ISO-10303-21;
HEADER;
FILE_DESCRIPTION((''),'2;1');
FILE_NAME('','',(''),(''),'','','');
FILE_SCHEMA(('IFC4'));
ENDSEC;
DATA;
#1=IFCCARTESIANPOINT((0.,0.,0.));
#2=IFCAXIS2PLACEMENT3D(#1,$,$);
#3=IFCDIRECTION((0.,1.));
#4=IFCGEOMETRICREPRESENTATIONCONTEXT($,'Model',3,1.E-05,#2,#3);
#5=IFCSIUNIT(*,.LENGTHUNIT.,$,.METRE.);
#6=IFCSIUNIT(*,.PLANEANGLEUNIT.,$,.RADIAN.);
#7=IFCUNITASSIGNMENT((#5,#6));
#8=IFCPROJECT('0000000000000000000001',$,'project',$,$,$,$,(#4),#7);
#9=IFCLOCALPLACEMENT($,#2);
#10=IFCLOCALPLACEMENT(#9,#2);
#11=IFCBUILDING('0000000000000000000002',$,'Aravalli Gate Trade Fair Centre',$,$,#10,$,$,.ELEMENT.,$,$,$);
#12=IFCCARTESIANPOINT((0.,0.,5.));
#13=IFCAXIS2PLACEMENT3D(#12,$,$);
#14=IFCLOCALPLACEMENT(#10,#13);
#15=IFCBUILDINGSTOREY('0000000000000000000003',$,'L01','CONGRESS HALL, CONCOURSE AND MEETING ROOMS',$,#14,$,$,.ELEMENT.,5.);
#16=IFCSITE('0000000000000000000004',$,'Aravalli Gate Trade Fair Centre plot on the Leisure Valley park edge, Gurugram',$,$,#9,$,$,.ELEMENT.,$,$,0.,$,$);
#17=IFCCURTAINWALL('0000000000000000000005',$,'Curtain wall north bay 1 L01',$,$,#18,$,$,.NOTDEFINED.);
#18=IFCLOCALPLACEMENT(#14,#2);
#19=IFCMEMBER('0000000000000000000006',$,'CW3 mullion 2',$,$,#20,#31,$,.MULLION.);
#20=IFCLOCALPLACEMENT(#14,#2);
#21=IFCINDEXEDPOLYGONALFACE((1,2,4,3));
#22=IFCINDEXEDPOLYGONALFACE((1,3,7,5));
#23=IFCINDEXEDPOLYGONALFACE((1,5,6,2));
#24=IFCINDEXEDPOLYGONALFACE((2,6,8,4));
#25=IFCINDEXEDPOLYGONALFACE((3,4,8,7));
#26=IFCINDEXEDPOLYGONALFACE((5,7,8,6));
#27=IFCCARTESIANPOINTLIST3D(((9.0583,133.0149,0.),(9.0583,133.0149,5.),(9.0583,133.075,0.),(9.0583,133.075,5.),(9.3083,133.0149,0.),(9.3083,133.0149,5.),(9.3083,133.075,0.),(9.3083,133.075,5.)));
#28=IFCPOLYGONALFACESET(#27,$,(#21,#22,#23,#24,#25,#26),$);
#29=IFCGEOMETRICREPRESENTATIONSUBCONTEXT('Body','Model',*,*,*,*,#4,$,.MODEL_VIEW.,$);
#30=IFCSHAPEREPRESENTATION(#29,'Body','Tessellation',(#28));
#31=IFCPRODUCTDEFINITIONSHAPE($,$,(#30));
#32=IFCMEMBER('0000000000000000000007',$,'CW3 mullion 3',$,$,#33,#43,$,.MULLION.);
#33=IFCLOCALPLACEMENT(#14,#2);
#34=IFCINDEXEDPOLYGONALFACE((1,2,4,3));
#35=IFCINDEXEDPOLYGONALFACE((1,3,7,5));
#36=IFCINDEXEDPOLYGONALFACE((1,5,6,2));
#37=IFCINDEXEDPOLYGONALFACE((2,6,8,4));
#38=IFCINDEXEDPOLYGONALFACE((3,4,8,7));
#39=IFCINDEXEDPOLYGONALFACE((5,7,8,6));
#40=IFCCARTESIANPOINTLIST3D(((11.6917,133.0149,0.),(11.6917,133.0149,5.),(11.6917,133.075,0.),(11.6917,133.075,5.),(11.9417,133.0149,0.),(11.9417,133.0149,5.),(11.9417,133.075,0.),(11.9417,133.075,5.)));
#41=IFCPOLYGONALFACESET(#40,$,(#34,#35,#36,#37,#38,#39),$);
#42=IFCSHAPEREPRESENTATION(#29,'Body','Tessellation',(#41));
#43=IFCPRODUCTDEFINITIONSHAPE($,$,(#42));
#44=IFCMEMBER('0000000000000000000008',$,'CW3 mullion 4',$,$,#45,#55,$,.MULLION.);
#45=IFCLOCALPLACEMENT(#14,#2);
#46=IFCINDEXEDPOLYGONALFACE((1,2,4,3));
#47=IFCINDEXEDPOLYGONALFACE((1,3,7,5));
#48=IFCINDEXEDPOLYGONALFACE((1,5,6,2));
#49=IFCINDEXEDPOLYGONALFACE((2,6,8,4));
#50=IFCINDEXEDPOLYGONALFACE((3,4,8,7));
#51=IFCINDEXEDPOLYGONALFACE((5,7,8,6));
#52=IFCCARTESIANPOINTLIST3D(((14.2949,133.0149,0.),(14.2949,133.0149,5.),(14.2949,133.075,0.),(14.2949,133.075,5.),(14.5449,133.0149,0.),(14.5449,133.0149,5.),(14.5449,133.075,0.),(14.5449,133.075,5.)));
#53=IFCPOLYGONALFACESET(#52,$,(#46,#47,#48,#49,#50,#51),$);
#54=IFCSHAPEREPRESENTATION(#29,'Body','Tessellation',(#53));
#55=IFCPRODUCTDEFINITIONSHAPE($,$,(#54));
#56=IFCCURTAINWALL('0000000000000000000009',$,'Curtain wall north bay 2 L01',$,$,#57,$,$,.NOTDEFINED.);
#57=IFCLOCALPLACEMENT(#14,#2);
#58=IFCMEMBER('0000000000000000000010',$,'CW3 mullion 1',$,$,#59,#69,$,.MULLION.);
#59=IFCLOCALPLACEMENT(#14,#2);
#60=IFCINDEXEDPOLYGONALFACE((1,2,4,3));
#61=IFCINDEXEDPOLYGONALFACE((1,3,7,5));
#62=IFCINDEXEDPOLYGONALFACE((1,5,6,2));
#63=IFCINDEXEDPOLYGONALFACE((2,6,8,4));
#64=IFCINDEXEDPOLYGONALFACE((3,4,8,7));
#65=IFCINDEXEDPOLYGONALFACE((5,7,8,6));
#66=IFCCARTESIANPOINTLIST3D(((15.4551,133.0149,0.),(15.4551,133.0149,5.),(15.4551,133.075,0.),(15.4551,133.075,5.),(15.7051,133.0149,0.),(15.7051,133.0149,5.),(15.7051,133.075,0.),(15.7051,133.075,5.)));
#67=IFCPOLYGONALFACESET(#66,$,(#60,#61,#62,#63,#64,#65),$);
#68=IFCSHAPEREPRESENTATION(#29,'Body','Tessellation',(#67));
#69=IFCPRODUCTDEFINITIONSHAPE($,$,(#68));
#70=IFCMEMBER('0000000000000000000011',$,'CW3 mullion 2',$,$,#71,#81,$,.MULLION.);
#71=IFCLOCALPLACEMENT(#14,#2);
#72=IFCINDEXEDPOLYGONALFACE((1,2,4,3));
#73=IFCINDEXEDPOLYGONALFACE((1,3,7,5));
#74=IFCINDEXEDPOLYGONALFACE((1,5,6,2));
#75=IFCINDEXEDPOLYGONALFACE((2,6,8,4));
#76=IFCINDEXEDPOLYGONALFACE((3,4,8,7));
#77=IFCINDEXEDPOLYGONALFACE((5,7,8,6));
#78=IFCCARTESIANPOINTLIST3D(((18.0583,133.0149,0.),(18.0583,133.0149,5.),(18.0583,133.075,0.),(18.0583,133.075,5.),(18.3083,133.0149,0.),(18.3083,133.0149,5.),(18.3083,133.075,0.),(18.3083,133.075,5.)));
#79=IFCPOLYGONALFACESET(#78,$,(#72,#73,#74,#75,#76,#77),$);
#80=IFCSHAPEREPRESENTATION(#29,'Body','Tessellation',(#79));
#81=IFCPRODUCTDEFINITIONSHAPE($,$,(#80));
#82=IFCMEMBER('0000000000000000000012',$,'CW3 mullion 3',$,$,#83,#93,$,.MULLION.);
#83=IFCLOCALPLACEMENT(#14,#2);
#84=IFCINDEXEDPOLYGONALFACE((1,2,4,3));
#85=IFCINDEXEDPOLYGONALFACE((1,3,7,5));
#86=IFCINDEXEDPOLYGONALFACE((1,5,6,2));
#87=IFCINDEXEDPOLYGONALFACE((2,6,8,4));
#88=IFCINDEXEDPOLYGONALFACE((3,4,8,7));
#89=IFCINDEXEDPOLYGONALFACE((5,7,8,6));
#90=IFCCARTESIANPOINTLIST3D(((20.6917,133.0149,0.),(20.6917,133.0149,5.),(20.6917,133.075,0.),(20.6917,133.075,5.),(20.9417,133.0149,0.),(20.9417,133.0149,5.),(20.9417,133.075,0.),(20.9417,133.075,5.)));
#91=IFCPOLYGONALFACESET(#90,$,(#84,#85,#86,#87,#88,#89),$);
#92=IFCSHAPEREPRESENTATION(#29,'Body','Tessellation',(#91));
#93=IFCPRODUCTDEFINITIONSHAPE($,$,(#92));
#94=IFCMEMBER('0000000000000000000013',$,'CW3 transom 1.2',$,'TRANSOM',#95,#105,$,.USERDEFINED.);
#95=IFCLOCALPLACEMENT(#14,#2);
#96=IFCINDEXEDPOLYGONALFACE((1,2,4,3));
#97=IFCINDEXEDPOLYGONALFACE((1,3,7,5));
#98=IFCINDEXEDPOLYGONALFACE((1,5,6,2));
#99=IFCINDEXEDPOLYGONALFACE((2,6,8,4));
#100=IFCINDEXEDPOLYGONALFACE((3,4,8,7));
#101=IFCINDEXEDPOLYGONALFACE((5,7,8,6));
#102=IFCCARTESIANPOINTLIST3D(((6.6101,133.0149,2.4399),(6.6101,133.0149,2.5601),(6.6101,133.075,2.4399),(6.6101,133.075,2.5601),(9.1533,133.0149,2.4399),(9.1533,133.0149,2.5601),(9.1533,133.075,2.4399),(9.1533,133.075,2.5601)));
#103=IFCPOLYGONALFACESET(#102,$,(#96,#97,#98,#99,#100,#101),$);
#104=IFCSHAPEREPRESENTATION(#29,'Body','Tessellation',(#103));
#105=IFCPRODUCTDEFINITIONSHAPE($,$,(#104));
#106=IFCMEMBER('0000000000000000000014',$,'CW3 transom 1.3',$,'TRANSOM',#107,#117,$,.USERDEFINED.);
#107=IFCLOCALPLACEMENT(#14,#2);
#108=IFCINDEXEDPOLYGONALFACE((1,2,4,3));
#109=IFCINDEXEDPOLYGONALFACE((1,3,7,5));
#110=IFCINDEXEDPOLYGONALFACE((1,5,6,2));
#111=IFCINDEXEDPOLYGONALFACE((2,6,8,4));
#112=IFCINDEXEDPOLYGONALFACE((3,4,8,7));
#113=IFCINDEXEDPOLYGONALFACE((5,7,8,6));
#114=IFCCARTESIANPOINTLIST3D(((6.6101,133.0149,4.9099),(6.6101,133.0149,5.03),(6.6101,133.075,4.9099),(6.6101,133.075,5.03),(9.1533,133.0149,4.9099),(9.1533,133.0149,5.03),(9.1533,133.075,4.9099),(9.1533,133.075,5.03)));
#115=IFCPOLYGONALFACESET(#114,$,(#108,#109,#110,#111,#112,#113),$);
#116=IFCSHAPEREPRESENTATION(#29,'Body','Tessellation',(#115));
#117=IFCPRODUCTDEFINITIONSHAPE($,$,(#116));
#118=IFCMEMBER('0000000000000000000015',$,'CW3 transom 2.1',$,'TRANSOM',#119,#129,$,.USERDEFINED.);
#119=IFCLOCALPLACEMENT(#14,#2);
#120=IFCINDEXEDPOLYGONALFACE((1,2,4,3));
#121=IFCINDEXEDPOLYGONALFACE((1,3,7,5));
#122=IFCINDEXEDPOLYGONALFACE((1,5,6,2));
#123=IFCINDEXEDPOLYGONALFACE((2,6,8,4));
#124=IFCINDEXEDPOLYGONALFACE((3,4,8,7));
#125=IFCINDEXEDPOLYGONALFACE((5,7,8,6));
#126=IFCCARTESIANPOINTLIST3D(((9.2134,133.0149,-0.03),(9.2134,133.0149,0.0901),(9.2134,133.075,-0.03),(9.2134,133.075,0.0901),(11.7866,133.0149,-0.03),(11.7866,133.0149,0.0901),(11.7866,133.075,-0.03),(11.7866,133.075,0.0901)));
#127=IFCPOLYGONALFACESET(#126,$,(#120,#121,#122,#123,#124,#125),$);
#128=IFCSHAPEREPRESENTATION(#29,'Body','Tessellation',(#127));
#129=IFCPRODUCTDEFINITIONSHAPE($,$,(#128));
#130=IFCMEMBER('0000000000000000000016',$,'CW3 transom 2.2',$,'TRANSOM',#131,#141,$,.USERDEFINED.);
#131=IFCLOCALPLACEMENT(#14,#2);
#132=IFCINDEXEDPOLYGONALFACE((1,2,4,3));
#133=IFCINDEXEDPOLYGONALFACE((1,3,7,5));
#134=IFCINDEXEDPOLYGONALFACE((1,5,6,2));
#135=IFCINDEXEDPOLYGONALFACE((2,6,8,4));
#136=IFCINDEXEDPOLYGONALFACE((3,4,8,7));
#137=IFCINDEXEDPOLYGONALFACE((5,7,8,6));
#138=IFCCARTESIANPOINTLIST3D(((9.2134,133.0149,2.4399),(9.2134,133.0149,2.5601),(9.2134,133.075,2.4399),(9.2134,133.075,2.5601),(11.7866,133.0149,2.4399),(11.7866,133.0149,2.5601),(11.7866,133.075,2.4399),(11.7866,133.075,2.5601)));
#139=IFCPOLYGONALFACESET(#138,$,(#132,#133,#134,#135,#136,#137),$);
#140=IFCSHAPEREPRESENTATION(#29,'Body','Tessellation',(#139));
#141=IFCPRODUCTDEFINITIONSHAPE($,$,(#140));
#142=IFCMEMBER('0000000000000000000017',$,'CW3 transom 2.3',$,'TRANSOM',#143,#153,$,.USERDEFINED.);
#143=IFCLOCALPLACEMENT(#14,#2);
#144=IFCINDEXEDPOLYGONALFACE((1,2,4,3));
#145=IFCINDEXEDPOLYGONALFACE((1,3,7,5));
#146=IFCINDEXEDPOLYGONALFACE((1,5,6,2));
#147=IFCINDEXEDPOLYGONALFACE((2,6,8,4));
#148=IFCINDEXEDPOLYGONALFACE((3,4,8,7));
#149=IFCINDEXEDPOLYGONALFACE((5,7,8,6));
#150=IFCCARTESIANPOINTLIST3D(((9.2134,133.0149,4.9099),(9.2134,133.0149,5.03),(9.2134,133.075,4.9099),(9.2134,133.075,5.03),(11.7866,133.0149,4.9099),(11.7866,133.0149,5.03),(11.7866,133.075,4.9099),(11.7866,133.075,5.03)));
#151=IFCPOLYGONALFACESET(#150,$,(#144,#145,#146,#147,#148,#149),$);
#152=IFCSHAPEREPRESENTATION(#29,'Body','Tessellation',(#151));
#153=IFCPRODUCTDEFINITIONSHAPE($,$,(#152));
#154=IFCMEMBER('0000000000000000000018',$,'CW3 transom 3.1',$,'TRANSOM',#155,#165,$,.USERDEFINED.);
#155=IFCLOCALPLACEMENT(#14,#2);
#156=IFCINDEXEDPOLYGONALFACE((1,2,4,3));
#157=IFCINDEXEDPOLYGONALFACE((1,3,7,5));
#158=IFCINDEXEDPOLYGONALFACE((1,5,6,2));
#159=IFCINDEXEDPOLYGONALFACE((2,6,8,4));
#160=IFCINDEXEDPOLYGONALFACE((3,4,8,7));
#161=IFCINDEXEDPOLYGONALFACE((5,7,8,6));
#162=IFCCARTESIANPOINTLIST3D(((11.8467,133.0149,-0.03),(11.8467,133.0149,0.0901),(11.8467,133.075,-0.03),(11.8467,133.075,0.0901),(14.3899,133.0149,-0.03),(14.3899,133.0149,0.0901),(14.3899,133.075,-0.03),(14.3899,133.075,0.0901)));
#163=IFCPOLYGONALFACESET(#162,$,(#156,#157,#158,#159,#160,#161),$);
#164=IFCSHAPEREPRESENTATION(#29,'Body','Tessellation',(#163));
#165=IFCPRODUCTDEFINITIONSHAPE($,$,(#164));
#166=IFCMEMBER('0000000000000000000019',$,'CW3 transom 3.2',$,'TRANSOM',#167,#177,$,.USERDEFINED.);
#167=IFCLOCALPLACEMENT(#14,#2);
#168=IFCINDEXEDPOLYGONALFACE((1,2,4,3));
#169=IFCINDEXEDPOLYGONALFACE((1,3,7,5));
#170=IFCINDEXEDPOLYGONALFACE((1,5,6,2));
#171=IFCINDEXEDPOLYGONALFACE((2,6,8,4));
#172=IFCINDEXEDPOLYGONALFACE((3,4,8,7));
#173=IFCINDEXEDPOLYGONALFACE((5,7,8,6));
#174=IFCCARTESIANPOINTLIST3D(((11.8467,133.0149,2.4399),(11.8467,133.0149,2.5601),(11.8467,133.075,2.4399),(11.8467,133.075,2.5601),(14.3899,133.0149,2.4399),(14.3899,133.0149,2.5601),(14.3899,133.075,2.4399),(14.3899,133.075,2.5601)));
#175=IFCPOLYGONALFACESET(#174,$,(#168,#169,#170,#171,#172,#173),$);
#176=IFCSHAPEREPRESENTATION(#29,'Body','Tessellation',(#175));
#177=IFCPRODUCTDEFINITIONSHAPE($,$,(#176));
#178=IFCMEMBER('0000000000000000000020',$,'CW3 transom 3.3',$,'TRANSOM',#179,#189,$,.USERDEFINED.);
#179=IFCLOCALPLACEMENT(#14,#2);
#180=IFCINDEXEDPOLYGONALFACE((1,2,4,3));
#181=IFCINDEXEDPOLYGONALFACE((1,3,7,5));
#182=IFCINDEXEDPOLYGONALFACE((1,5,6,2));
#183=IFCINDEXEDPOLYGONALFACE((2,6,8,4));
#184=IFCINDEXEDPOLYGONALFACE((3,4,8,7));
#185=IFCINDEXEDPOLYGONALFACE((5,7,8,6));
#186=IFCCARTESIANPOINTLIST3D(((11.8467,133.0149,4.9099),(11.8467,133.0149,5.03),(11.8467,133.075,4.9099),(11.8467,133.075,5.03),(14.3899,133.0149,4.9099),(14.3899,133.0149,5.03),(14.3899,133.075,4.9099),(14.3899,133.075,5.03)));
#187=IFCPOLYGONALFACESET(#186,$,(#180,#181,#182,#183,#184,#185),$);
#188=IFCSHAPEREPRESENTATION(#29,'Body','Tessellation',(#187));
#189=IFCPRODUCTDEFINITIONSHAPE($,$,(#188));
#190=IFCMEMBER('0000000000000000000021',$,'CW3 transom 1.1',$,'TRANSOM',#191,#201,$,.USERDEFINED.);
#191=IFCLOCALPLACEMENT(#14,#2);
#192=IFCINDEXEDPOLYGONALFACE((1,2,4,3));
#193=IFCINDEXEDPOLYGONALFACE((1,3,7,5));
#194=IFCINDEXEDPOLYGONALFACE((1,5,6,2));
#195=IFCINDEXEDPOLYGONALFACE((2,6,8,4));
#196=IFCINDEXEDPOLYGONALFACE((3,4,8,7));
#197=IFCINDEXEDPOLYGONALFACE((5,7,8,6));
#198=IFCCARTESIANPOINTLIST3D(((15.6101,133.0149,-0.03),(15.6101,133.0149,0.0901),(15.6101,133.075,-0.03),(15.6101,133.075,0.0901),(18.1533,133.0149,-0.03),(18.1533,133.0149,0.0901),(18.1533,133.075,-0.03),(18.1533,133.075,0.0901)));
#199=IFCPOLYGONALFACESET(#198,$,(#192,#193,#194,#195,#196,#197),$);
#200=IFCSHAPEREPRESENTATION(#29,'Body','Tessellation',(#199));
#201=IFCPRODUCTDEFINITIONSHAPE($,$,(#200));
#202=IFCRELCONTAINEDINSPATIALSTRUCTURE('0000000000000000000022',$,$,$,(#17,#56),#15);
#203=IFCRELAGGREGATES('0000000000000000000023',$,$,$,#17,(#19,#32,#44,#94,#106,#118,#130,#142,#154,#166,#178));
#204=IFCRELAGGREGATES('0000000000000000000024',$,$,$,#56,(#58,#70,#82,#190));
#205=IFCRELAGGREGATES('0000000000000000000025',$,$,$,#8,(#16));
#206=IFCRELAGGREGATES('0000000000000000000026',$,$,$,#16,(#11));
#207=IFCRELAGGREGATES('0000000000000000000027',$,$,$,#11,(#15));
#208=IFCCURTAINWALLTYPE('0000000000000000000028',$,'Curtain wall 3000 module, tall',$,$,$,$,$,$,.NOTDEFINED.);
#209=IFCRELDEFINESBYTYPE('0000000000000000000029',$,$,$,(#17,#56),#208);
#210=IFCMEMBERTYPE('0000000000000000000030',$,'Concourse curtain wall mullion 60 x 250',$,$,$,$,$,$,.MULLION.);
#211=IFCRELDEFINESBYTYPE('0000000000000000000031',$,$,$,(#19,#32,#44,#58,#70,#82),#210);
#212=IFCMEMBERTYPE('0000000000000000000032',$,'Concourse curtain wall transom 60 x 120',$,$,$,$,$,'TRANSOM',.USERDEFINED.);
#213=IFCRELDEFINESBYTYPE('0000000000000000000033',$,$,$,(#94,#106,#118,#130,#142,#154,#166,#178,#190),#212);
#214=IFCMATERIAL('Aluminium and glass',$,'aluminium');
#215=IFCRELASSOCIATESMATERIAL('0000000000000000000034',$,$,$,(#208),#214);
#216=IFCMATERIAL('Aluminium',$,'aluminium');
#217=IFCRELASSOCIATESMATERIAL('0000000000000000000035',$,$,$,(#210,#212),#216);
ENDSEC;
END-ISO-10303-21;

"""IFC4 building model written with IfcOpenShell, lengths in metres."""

from ifc_helpers import new_model, si_unit, direction, frame, origin, origin_2d, place, context, subcontext, project, spatial, rectangle, extrude, material, material_profile, profile_set, type_object, element, aggregate, save


model = new_model("IFC4")

# Units and contexts
model_context = context("Model", 3, precision=1e-05, world=origin(), true_north=direction((0.0, 1.0)))
body_context = subcontext(model_context, "Body", "Model", "MODEL_VIEW")
ifc_project = project(units=[si_unit("LENGTHUNIT", "METRE"), si_unit("PLANEANGLEUNIT", "RADIAN")], contexts=[model_context])

# Site, building, storey
site_placement = place(None, origin())
site = spatial("IfcSite", under=ifc_project, at=site_placement, Name="Aravalli Gate Trade Fair Centre plot on the Leisure Valley park edge, Gurugram", CompositionType="ELEMENT", RefElevation=0.0)
building_placement = place(site_placement, origin())
building = spatial("IfcBuilding", under=site, at=building_placement, Name="Aravalli Gate Trade Fair Centre", CompositionType="ELEMENT")
storey_placement = place(building_placement, frame((0.0, 0.0, 5.0)))
storey = spatial("IfcBuildingStorey", under=building, at=storey_placement, Name="L01", Description="CONGRESS HALL, CONCOURSE AND MEETING ROOMS", CompositionType="ELEMENT", Elevation=5.0)

# Curtain walls, members
ifc_material_1 = material(Name="Aluminium and glass", Category="aluminium")
curtain_wall_type = type_object("IfcCurtainWallType", Name="Curtain wall 3000 module, tall", PredefinedType="NOTDEFINED", material=ifc_material_1)
curtain_wall_1_placement = place(storey_placement, origin())
curtain_wall_1 = element("IfcCurtainWall", 1, at=curtain_wall_1_placement, inside=storey, type_object=curtain_wall_type, Name="Curtain wall north bay 1 L01", PredefinedType="NOTDEFINED")
ifc_material_2 = material(Name="Aluminium", Category="aluminium")
ifc_material_profile_1 = material_profile(ifc_material_2, rectangle(XDim=0.0601, YDim=0.25, at=origin_2d()), Name="Concourse curtain wall mullion 60 x 250")
ifc_profile_set_1 = profile_set([ifc_material_profile_1], Name="Aluminium")
member_type_1 = type_object("IfcMemberType", Name="Concourse curtain wall mullion 60 x 250", PredefinedType="MULLION", material=ifc_profile_set_1)
member_1_placement = place(storey_placement, frame((9.1833, 133.0449, 0.0), z_axis=(0.0, 0.0, 1.0), x_axis=(0.0, 1.0, 0.0)))
member_1 = element("IfcMember", 2, at=member_1_placement, type_object=member_type_1, Name="CW3 mullion 2", PredefinedType="MULLION", context=body_context, shape_type="SweptSolid", body=[
    extrude(rectangle(XDim=0.0601, YDim=0.25, at=origin_2d()), origin(), (0.0, 0.0, 1.0), 5.0),
])
member_2_placement = place(storey_placement, frame((11.8167, 133.0449, 0.0), z_axis=(0.0, 0.0, 1.0), x_axis=(0.0, 1.0, 0.0)))
member_2 = element("IfcMember", 3, at=member_2_placement, type_object=member_type_1, Name="CW3 mullion 3", PredefinedType="MULLION", context=body_context, shape_type="SweptSolid", body=[
    extrude(rectangle(XDim=0.0601, YDim=0.25, at=origin_2d()), origin(), (0.0, 0.0, 1.0), 5.0),
])
member_3_placement = place(storey_placement, frame((14.4199, 133.0449, 0.0), z_axis=(0.0, 0.0, 1.0), x_axis=(0.0, 1.0, 0.0)))
member_3 = element("IfcMember", 4, at=member_3_placement, type_object=member_type_1, Name="CW3 mullion 4", PredefinedType="MULLION", context=body_context, shape_type="SweptSolid", body=[
    extrude(rectangle(XDim=0.0601, YDim=0.25, at=origin_2d()), origin(), (0.0, 0.0, 1.0), 5.0),
])
curtain_wall_2_placement = place(storey_placement, origin())
curtain_wall_2 = element("IfcCurtainWall", 5, at=curtain_wall_2_placement, inside=storey, type_object=curtain_wall_type, Name="Curtain wall north bay 2 L01", PredefinedType="NOTDEFINED")
member_4_placement = place(storey_placement, frame((15.5801, 133.0449, 0.0), z_axis=(0.0, 0.0, 1.0), x_axis=(0.0, 1.0, 0.0)))
member_4 = element("IfcMember", 6, at=member_4_placement, type_object=member_type_1, Name="CW3 mullion 1", PredefinedType="MULLION", context=body_context, shape_type="SweptSolid", body=[
    extrude(rectangle(XDim=0.0601, YDim=0.25, at=origin_2d()), origin(), (0.0, 0.0, 1.0), 5.0),
])
member_5_placement = place(storey_placement, frame((18.1833, 133.0449, 0.0), z_axis=(0.0, 0.0, 1.0), x_axis=(0.0, 1.0, 0.0)))
member_5 = element("IfcMember", 7, at=member_5_placement, type_object=member_type_1, Name="CW3 mullion 2", PredefinedType="MULLION", context=body_context, shape_type="SweptSolid", body=[
    extrude(rectangle(XDim=0.0601, YDim=0.25, at=origin_2d()), origin(), (0.0, 0.0, 1.0), 5.0),
])
member_6_placement = place(storey_placement, frame((20.8167, 133.0449, 0.0), z_axis=(0.0, 0.0, 1.0), x_axis=(0.0, 1.0, 0.0)))
member_6 = element("IfcMember", 8, at=member_6_placement, type_object=member_type_1, Name="CW3 mullion 3", PredefinedType="MULLION", context=body_context, shape_type="SweptSolid", body=[
    extrude(rectangle(XDim=0.0601, YDim=0.25, at=origin_2d()), origin(), (0.0, 0.0, 1.0), 5.0),
])

# Members
ifc_material_profile_2 = material_profile(ifc_material_2, rectangle(XDim=0.0601, YDim=0.1201, at=origin_2d()), Name="Concourse curtain wall transom 60 x 120")
ifc_profile_set_2 = profile_set([ifc_material_profile_2], Name="Aluminium")
member_type_2 = type_object("IfcMemberType", Name="Concourse curtain wall transom 60 x 120", ElementType="TRANSOM", PredefinedType="USERDEFINED", material=ifc_profile_set_2)
member_7_placement = place(storey_placement, frame((6.6101, 133.0449, 2.5), z_axis=(1.0, 0.0, 0.0), x_axis=(0.0, 1.0, 0.0)))
member_7 = element("IfcMember", 9, at=member_7_placement, type_object=member_type_2, Name="CW3 transom 1.2", ObjectType="TRANSOM", PredefinedType="USERDEFINED", context=body_context, shape_type="SweptSolid", body=[
    extrude(rectangle(XDim=0.0601, YDim=0.1201, at=origin_2d()), origin(), (0.0, 0.0, 1.0), 2.5432),
])
member_8_placement = place(storey_placement, frame((6.6101, 133.0449, 4.97), z_axis=(1.0, 0.0, 0.0), x_axis=(0.0, 1.0, 0.0)))
member_8 = element("IfcMember", 10, at=member_8_placement, type_object=member_type_2, Name="CW3 transom 1.3", ObjectType="TRANSOM", PredefinedType="USERDEFINED", context=body_context, shape_type="SweptSolid", body=[
    extrude(rectangle(XDim=0.0601, YDim=0.1201, at=origin_2d()), origin(), (0.0, 0.0, 1.0), 2.5432),
])
member_9_placement = place(storey_placement, frame((9.2134, 133.0449, 0.03), z_axis=(1.0, 0.0, 0.0), x_axis=(0.0, 1.0, 0.0)))
member_9 = element("IfcMember", 11, at=member_9_placement, type_object=member_type_2, Name="CW3 transom 2.1", ObjectType="TRANSOM", PredefinedType="USERDEFINED", context=body_context, shape_type="SweptSolid", body=[
    extrude(rectangle(XDim=0.0601, YDim=0.1201, at=origin_2d()), origin(), (0.0, 0.0, 1.0), 2.5732),
])
member_10_placement = place(storey_placement, frame((9.2134, 133.0449, 2.5), z_axis=(1.0, 0.0, 0.0), x_axis=(0.0, 1.0, 0.0)))
member_10 = element("IfcMember", 12, at=member_10_placement, type_object=member_type_2, Name="CW3 transom 2.2", ObjectType="TRANSOM", PredefinedType="USERDEFINED", context=body_context, shape_type="SweptSolid", body=[
    extrude(rectangle(XDim=0.0601, YDim=0.1201, at=origin_2d()), origin(), (0.0, 0.0, 1.0), 2.5732),
])
member_11_placement = place(storey_placement, frame((9.2134, 133.0449, 4.97), z_axis=(1.0, 0.0, 0.0), x_axis=(0.0, 1.0, 0.0)))
member_11 = element("IfcMember", 13, at=member_11_placement, type_object=member_type_2, Name="CW3 transom 2.3", ObjectType="TRANSOM", PredefinedType="USERDEFINED", context=body_context, shape_type="SweptSolid", body=[
    extrude(rectangle(XDim=0.0601, YDim=0.1201, at=origin_2d()), origin(), (0.0, 0.0, 1.0), 2.5732),
])
member_12_placement = place(storey_placement, frame((11.8467, 133.0449, 0.03), z_axis=(1.0, 0.0, 0.0), x_axis=(0.0, 1.0, 0.0)))
member_12 = element("IfcMember", 14, at=member_12_placement, type_object=member_type_2, Name="CW3 transom 3.1", ObjectType="TRANSOM", PredefinedType="USERDEFINED", context=body_context, shape_type="SweptSolid", body=[
    extrude(rectangle(XDim=0.0601, YDim=0.1201, at=origin_2d()), origin(), (0.0, 0.0, 1.0), 2.5432),
])
member_13_placement = place(storey_placement, frame((11.8467, 133.0449, 2.5), z_axis=(1.0, 0.0, 0.0), x_axis=(0.0, 1.0, 0.0)))
member_13 = element("IfcMember", 15, at=member_13_placement, type_object=member_type_2, Name="CW3 transom 3.2", ObjectType="TRANSOM", PredefinedType="USERDEFINED", context=body_context, shape_type="SweptSolid", body=[
    extrude(rectangle(XDim=0.0601, YDim=0.1201, at=origin_2d()), origin(), (0.0, 0.0, 1.0), 2.5432),
])
member_14_placement = place(storey_placement, frame((11.8467, 133.0449, 4.97), z_axis=(1.0, 0.0, 0.0), x_axis=(0.0, 1.0, 0.0)))
member_14 = element("IfcMember", 16, at=member_14_placement, type_object=member_type_2, Name="CW3 transom 3.3", ObjectType="TRANSOM", PredefinedType="USERDEFINED", context=body_context, shape_type="SweptSolid", body=[
    extrude(rectangle(XDim=0.0601, YDim=0.1201, at=origin_2d()), origin(), (0.0, 0.0, 1.0), 2.5432),
])
member_15_placement = place(storey_placement, frame((15.6101, 133.0449, 0.03), z_axis=(1.0, 0.0, 0.0), x_axis=(0.0, 1.0, 0.0)))
member_15 = element("IfcMember", 17, at=member_15_placement, type_object=member_type_2, Name="CW3 transom 1.1", ObjectType="TRANSOM", PredefinedType="USERDEFINED", context=body_context, shape_type="SweptSolid", body=[
    extrude(rectangle(XDim=0.0601, YDim=0.1201, at=origin_2d()), origin(), (0.0, 0.0, 1.0), 2.5432),
])

aggregate(curtain_wall_1, [member_1, member_2, member_3, member_7, member_8, member_9, member_10, member_11, member_12, member_13, member_14])
aggregate(curtain_wall_2, [member_4, member_5, member_6, member_15])

save(model, "model.ifc")
